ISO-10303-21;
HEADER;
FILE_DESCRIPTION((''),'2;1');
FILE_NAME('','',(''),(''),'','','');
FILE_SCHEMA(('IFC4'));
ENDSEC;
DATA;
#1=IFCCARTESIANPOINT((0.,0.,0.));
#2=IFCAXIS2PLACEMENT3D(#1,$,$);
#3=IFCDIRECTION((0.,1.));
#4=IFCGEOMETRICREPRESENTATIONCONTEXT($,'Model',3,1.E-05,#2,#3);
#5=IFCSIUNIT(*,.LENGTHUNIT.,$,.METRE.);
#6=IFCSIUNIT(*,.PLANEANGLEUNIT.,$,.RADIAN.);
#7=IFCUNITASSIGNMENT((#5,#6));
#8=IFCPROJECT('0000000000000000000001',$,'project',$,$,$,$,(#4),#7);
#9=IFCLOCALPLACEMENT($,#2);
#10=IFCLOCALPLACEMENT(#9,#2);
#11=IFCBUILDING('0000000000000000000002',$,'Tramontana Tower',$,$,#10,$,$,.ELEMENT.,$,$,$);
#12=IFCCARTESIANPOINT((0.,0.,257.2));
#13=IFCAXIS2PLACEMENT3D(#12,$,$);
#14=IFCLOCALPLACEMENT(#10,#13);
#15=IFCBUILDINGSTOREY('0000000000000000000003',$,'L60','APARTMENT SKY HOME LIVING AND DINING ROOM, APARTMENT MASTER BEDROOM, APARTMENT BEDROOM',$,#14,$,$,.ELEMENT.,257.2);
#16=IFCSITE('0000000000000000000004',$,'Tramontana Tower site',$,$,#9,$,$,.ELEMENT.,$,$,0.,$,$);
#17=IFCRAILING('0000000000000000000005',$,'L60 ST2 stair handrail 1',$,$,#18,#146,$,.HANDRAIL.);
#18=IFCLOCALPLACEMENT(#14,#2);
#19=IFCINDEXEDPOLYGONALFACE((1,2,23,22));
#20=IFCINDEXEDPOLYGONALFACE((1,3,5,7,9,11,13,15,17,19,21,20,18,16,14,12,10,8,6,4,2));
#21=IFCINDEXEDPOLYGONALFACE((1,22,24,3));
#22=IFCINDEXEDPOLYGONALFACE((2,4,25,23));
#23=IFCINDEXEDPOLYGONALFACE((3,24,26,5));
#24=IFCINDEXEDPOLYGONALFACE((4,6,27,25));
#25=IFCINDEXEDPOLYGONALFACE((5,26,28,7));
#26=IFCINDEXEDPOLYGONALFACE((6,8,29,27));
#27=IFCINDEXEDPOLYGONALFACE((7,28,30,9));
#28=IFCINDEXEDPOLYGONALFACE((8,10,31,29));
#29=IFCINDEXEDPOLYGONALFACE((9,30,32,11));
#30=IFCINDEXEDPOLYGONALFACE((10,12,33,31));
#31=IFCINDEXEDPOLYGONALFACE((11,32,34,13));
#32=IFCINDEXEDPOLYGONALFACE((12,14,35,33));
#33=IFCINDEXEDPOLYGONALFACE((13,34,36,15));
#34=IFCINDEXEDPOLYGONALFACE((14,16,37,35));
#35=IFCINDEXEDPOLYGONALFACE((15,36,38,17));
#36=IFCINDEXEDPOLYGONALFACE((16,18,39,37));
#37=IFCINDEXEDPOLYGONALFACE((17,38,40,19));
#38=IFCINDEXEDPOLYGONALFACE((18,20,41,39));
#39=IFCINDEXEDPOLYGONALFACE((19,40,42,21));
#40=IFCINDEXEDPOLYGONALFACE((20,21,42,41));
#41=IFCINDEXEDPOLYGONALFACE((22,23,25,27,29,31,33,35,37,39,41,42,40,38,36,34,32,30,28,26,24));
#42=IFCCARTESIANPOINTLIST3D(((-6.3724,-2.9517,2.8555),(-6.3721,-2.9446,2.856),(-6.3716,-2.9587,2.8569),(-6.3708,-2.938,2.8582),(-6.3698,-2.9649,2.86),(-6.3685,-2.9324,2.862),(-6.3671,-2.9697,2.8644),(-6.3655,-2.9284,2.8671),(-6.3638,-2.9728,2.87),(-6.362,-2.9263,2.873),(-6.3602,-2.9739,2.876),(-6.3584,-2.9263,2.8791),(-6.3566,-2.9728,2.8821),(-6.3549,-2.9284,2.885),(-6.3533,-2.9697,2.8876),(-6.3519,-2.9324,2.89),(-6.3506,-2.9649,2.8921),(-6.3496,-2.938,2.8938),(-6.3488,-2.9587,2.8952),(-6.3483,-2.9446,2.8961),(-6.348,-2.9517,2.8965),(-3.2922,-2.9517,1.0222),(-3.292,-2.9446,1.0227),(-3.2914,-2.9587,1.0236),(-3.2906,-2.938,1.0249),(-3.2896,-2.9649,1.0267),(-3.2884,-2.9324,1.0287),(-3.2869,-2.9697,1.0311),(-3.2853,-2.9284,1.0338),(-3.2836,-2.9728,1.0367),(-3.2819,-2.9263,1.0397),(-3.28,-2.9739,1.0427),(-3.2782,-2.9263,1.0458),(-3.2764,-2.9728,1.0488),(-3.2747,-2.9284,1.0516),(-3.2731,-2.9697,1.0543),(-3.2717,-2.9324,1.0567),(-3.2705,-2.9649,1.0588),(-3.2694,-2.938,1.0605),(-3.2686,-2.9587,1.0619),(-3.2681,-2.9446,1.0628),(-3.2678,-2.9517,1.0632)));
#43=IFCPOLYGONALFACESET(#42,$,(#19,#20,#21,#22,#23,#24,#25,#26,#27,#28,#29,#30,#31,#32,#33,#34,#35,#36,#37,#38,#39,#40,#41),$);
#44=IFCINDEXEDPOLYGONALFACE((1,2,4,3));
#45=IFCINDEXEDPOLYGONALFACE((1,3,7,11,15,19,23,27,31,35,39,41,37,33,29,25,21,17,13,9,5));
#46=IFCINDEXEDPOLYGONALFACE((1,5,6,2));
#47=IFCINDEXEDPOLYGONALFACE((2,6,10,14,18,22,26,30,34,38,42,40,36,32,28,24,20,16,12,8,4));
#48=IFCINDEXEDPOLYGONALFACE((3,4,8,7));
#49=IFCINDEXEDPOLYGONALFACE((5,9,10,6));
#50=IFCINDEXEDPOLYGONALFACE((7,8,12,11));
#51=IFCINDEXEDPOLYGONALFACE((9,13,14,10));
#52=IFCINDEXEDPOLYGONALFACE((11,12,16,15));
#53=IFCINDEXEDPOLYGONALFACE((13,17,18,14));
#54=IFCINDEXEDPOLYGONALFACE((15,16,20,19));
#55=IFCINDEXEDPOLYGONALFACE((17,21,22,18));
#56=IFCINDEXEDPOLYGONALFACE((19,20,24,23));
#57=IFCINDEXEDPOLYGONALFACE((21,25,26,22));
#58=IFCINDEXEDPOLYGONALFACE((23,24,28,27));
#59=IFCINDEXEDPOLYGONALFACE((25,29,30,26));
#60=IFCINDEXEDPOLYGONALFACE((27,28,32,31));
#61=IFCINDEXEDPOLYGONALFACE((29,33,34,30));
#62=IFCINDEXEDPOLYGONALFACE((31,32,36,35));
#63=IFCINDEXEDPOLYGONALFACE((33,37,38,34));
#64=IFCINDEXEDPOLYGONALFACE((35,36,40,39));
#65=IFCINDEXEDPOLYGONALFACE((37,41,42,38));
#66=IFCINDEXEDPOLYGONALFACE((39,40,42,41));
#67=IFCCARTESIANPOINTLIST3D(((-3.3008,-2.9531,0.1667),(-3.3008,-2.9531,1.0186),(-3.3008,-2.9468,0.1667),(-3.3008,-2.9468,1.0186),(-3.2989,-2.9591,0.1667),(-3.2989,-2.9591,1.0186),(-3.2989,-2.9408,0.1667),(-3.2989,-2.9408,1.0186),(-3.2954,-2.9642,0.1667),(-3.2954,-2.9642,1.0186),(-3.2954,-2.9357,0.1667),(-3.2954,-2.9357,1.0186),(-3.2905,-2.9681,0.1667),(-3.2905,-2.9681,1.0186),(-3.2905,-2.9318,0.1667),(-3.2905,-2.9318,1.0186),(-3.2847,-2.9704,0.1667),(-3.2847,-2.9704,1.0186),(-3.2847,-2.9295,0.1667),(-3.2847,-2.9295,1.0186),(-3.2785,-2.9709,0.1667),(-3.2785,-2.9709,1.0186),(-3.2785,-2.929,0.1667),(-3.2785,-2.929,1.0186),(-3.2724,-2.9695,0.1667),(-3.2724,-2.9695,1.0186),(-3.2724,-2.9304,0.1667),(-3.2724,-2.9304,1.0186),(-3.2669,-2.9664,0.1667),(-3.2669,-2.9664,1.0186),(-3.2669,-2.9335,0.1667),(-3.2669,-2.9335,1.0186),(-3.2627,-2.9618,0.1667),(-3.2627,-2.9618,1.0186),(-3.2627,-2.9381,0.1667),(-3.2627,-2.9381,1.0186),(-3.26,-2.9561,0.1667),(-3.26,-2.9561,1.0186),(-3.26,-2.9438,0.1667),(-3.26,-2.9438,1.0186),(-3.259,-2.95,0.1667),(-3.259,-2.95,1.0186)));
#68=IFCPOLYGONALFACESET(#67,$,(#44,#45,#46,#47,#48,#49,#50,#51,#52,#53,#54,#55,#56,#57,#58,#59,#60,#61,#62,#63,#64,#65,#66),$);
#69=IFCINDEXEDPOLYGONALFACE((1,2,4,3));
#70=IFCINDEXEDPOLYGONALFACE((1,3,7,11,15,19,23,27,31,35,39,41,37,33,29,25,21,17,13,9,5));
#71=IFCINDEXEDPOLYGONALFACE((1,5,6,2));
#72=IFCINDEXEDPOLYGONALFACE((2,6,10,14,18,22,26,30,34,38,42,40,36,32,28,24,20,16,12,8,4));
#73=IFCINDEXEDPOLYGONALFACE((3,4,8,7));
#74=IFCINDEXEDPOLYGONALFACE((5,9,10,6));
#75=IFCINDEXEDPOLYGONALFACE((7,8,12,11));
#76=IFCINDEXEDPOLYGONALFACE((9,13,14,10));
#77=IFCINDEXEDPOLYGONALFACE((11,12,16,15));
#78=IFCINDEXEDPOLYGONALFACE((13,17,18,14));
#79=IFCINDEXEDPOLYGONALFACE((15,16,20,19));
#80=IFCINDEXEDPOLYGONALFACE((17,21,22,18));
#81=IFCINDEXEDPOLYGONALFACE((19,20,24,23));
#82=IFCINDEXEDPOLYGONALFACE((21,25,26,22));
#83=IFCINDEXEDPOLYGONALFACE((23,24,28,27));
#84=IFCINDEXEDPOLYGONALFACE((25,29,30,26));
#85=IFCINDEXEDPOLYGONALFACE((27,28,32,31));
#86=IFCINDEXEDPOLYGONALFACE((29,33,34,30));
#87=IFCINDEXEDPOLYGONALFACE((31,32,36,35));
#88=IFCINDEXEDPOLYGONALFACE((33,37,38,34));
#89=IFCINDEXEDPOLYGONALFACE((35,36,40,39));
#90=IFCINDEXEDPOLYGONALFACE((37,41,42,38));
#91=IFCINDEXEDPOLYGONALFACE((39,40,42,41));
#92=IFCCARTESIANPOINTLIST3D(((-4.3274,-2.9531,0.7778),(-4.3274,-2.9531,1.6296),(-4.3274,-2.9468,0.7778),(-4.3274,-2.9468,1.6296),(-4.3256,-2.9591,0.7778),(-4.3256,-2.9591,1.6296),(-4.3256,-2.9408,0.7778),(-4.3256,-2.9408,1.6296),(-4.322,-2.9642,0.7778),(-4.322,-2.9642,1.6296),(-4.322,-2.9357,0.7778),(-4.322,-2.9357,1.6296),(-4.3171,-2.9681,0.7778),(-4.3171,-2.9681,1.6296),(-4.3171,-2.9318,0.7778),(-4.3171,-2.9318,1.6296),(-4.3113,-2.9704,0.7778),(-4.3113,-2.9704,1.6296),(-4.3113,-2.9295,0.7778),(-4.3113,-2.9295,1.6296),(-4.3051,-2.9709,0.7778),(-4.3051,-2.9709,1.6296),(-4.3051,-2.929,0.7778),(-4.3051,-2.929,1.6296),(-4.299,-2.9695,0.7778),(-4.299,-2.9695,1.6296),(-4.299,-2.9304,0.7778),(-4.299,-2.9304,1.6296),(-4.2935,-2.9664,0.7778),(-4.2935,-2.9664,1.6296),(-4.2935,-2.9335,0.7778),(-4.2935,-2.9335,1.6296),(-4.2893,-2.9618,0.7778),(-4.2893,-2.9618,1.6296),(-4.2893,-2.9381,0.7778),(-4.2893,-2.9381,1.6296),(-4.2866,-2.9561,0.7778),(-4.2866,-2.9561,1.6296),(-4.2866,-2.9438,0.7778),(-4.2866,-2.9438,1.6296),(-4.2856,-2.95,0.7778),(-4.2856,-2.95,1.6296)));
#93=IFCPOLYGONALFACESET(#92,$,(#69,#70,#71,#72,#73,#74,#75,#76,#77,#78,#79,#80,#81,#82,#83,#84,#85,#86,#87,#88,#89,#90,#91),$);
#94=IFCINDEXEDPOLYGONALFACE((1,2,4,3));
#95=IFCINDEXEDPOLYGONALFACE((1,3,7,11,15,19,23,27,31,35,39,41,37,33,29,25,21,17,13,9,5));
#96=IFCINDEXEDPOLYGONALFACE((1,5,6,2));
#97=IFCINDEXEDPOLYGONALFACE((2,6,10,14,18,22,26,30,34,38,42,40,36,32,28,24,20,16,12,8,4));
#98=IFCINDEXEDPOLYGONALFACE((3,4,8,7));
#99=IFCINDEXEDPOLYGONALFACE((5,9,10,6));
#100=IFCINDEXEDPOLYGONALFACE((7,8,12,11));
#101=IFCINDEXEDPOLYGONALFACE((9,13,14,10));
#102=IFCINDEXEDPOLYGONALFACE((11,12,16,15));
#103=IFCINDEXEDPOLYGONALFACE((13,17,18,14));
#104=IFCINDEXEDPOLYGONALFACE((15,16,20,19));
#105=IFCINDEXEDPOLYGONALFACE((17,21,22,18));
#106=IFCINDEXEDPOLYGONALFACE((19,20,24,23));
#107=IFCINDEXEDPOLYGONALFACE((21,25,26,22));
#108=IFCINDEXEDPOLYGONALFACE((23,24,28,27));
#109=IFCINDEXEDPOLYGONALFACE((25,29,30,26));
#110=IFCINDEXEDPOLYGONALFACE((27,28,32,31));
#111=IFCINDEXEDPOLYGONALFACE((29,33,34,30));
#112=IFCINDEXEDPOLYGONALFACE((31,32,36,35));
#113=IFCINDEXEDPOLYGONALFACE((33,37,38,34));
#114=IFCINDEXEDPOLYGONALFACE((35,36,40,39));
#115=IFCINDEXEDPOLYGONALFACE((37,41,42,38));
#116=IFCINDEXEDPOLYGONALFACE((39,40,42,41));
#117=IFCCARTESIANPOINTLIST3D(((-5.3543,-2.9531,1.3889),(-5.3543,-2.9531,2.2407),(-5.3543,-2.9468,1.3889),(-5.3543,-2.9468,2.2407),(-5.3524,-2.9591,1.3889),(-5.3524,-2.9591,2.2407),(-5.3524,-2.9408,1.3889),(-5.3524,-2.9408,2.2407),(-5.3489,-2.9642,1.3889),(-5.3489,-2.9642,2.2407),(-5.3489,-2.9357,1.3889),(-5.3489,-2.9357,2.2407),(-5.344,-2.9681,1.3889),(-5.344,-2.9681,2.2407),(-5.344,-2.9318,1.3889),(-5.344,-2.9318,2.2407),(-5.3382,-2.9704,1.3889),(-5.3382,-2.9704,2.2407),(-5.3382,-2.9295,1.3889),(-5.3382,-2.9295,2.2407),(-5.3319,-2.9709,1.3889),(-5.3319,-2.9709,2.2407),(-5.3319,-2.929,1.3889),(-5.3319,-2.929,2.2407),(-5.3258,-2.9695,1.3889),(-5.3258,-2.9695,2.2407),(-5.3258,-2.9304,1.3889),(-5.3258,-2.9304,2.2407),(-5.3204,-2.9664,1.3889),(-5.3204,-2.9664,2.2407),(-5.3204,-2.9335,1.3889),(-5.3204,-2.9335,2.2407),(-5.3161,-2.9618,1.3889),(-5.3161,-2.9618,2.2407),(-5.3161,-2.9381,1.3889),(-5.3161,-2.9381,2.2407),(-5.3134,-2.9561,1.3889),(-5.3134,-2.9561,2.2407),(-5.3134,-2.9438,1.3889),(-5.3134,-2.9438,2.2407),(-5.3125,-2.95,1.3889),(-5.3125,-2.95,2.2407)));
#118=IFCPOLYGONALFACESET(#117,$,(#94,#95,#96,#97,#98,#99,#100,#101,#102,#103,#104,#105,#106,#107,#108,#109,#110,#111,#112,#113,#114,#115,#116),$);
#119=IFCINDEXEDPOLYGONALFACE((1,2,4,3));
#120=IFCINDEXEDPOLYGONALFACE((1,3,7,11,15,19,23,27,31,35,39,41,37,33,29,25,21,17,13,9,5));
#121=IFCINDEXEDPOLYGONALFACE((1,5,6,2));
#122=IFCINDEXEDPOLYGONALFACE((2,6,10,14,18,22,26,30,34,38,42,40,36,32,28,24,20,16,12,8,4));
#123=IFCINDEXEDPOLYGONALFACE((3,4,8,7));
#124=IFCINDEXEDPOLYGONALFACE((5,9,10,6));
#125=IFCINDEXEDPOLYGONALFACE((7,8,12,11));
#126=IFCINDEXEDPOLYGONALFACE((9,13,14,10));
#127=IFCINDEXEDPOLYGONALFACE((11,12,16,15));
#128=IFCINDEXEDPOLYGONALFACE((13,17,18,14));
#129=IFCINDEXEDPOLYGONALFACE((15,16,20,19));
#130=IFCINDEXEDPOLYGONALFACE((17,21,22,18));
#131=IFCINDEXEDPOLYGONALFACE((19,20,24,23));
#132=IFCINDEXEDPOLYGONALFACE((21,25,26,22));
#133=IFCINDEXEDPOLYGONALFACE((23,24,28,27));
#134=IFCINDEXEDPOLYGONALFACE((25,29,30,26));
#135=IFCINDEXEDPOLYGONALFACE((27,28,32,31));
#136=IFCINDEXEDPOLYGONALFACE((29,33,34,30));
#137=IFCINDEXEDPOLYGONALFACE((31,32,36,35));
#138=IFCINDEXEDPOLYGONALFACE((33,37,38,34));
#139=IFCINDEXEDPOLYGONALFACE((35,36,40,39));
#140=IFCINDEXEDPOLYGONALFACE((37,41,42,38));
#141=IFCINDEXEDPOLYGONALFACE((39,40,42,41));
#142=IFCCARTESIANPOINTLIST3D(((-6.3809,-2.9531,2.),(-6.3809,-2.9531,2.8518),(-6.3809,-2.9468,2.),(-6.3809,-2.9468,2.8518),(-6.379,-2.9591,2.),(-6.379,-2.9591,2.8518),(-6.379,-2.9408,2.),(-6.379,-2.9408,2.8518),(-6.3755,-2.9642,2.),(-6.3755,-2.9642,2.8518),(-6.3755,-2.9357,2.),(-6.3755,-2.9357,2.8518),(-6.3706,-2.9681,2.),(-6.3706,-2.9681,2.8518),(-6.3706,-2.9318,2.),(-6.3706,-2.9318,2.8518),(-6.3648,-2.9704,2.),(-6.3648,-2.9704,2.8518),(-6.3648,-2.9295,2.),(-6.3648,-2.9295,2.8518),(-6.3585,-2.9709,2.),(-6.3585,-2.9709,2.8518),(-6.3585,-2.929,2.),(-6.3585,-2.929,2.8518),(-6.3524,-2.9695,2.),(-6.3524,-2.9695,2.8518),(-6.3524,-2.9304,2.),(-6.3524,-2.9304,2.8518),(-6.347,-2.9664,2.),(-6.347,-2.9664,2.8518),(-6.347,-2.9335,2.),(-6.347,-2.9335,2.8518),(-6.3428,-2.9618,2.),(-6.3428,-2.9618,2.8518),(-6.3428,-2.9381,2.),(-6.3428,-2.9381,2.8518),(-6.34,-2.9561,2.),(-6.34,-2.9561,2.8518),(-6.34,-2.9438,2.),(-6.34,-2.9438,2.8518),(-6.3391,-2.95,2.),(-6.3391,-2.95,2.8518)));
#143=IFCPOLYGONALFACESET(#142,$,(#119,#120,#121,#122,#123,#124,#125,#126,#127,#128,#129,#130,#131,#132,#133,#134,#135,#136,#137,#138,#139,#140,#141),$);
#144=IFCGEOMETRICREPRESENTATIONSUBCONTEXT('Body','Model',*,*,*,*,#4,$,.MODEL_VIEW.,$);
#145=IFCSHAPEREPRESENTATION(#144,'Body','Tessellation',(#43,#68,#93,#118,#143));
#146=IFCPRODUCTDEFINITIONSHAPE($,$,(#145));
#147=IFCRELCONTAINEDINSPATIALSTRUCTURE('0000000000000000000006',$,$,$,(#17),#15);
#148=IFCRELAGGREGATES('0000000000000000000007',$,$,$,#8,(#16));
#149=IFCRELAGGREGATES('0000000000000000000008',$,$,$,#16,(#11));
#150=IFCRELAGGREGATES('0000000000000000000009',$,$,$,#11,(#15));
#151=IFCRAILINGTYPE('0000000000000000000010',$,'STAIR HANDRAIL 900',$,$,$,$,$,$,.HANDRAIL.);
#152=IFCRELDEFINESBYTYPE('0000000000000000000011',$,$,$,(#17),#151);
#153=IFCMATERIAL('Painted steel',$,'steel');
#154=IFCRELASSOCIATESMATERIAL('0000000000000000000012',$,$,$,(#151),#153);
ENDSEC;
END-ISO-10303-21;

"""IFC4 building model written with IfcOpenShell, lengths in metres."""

from ifc_helpers import new_model, si_unit, direction, frame, origin, origin_2d, place, context, subcontext, project, spatial, circle, extrude, material, type_object, element, save


model = new_model("IFC4")

# Units and contexts
model_context = context("Model", 3, precision=1e-05, world=origin(), true_north=direction((0.0, 1.0)))
body_context = subcontext(model_context, "Body", "Model", "MODEL_VIEW")
ifc_project = project(units=[si_unit("LENGTHUNIT", "METRE"), si_unit("PLANEANGLEUNIT", "RADIAN")], contexts=[model_context])

# Site, building, storey
site_placement = place(None, origin())
site = spatial("IfcSite", under=ifc_project, at=site_placement, Name="Tramontana Tower site", CompositionType="ELEMENT", RefElevation=0.0)
building_placement = place(site_placement, origin())
building = spatial("IfcBuilding", under=site, at=building_placement, Name="Tramontana Tower", CompositionType="ELEMENT")
storey_placement = place(building_placement, frame((0.0, 0.0, 257.2)))
storey = spatial("IfcBuildingStorey", under=building, at=storey_placement, Name="L60", Description="APARTMENT SKY HOME LIVING AND DINING ROOM, APARTMENT MASTER BEDROOM, APARTMENT BEDROOM", CompositionType="ELEMENT", Elevation=257.2)

# Railing
ifc_material_1 = material(Name="Painted steel", Category="steel")
railing_type_1 = type_object("IfcRailingType", Name="STAIR HANDRAIL 900", PredefinedType="HANDRAIL", material=ifc_material_1)
railing_1_placement = place(storey_placement, frame((-3.28, -2.95, 0.1667)))
element("IfcRailing", 1, at=railing_1_placement, inside=storey, type_object=railing_type_1, Name="L60 ST2 stair handrail 1", PredefinedType="HANDRAIL", context=body_context, shape_type="SweptSolid", body=[
    extrude(circle(Radius=0.0239, at=origin_2d()), frame((0.0, 0.0, 0.876), z_axis=(-0.859309, 0.0, 0.511458), x_axis=(0.0, -1.0, 0.0)), (0.0, 0.0, 1.0), 3.5845),
    extrude(circle(Radius=0.021, at=origin_2d()), origin(), (0.0, 0.0, 1.0), 0.8518),
    extrude(circle(Radius=0.021, at=origin_2d()), frame((-1.0266, 0.0, 0.6111)), (0.0, 0.0, 1.0), 0.8518),
    extrude(circle(Radius=0.021, at=origin_2d()), frame((-2.0535, 0.0, 1.2222)), (0.0, 0.0, 1.0), 0.8518),
    extrude(circle(Radius=0.021, at=origin_2d()), frame((-3.0801, 0.0, 1.8333)), (0.0, 0.0, 1.0), 0.8518),
])

save(model, "model.ifc")
